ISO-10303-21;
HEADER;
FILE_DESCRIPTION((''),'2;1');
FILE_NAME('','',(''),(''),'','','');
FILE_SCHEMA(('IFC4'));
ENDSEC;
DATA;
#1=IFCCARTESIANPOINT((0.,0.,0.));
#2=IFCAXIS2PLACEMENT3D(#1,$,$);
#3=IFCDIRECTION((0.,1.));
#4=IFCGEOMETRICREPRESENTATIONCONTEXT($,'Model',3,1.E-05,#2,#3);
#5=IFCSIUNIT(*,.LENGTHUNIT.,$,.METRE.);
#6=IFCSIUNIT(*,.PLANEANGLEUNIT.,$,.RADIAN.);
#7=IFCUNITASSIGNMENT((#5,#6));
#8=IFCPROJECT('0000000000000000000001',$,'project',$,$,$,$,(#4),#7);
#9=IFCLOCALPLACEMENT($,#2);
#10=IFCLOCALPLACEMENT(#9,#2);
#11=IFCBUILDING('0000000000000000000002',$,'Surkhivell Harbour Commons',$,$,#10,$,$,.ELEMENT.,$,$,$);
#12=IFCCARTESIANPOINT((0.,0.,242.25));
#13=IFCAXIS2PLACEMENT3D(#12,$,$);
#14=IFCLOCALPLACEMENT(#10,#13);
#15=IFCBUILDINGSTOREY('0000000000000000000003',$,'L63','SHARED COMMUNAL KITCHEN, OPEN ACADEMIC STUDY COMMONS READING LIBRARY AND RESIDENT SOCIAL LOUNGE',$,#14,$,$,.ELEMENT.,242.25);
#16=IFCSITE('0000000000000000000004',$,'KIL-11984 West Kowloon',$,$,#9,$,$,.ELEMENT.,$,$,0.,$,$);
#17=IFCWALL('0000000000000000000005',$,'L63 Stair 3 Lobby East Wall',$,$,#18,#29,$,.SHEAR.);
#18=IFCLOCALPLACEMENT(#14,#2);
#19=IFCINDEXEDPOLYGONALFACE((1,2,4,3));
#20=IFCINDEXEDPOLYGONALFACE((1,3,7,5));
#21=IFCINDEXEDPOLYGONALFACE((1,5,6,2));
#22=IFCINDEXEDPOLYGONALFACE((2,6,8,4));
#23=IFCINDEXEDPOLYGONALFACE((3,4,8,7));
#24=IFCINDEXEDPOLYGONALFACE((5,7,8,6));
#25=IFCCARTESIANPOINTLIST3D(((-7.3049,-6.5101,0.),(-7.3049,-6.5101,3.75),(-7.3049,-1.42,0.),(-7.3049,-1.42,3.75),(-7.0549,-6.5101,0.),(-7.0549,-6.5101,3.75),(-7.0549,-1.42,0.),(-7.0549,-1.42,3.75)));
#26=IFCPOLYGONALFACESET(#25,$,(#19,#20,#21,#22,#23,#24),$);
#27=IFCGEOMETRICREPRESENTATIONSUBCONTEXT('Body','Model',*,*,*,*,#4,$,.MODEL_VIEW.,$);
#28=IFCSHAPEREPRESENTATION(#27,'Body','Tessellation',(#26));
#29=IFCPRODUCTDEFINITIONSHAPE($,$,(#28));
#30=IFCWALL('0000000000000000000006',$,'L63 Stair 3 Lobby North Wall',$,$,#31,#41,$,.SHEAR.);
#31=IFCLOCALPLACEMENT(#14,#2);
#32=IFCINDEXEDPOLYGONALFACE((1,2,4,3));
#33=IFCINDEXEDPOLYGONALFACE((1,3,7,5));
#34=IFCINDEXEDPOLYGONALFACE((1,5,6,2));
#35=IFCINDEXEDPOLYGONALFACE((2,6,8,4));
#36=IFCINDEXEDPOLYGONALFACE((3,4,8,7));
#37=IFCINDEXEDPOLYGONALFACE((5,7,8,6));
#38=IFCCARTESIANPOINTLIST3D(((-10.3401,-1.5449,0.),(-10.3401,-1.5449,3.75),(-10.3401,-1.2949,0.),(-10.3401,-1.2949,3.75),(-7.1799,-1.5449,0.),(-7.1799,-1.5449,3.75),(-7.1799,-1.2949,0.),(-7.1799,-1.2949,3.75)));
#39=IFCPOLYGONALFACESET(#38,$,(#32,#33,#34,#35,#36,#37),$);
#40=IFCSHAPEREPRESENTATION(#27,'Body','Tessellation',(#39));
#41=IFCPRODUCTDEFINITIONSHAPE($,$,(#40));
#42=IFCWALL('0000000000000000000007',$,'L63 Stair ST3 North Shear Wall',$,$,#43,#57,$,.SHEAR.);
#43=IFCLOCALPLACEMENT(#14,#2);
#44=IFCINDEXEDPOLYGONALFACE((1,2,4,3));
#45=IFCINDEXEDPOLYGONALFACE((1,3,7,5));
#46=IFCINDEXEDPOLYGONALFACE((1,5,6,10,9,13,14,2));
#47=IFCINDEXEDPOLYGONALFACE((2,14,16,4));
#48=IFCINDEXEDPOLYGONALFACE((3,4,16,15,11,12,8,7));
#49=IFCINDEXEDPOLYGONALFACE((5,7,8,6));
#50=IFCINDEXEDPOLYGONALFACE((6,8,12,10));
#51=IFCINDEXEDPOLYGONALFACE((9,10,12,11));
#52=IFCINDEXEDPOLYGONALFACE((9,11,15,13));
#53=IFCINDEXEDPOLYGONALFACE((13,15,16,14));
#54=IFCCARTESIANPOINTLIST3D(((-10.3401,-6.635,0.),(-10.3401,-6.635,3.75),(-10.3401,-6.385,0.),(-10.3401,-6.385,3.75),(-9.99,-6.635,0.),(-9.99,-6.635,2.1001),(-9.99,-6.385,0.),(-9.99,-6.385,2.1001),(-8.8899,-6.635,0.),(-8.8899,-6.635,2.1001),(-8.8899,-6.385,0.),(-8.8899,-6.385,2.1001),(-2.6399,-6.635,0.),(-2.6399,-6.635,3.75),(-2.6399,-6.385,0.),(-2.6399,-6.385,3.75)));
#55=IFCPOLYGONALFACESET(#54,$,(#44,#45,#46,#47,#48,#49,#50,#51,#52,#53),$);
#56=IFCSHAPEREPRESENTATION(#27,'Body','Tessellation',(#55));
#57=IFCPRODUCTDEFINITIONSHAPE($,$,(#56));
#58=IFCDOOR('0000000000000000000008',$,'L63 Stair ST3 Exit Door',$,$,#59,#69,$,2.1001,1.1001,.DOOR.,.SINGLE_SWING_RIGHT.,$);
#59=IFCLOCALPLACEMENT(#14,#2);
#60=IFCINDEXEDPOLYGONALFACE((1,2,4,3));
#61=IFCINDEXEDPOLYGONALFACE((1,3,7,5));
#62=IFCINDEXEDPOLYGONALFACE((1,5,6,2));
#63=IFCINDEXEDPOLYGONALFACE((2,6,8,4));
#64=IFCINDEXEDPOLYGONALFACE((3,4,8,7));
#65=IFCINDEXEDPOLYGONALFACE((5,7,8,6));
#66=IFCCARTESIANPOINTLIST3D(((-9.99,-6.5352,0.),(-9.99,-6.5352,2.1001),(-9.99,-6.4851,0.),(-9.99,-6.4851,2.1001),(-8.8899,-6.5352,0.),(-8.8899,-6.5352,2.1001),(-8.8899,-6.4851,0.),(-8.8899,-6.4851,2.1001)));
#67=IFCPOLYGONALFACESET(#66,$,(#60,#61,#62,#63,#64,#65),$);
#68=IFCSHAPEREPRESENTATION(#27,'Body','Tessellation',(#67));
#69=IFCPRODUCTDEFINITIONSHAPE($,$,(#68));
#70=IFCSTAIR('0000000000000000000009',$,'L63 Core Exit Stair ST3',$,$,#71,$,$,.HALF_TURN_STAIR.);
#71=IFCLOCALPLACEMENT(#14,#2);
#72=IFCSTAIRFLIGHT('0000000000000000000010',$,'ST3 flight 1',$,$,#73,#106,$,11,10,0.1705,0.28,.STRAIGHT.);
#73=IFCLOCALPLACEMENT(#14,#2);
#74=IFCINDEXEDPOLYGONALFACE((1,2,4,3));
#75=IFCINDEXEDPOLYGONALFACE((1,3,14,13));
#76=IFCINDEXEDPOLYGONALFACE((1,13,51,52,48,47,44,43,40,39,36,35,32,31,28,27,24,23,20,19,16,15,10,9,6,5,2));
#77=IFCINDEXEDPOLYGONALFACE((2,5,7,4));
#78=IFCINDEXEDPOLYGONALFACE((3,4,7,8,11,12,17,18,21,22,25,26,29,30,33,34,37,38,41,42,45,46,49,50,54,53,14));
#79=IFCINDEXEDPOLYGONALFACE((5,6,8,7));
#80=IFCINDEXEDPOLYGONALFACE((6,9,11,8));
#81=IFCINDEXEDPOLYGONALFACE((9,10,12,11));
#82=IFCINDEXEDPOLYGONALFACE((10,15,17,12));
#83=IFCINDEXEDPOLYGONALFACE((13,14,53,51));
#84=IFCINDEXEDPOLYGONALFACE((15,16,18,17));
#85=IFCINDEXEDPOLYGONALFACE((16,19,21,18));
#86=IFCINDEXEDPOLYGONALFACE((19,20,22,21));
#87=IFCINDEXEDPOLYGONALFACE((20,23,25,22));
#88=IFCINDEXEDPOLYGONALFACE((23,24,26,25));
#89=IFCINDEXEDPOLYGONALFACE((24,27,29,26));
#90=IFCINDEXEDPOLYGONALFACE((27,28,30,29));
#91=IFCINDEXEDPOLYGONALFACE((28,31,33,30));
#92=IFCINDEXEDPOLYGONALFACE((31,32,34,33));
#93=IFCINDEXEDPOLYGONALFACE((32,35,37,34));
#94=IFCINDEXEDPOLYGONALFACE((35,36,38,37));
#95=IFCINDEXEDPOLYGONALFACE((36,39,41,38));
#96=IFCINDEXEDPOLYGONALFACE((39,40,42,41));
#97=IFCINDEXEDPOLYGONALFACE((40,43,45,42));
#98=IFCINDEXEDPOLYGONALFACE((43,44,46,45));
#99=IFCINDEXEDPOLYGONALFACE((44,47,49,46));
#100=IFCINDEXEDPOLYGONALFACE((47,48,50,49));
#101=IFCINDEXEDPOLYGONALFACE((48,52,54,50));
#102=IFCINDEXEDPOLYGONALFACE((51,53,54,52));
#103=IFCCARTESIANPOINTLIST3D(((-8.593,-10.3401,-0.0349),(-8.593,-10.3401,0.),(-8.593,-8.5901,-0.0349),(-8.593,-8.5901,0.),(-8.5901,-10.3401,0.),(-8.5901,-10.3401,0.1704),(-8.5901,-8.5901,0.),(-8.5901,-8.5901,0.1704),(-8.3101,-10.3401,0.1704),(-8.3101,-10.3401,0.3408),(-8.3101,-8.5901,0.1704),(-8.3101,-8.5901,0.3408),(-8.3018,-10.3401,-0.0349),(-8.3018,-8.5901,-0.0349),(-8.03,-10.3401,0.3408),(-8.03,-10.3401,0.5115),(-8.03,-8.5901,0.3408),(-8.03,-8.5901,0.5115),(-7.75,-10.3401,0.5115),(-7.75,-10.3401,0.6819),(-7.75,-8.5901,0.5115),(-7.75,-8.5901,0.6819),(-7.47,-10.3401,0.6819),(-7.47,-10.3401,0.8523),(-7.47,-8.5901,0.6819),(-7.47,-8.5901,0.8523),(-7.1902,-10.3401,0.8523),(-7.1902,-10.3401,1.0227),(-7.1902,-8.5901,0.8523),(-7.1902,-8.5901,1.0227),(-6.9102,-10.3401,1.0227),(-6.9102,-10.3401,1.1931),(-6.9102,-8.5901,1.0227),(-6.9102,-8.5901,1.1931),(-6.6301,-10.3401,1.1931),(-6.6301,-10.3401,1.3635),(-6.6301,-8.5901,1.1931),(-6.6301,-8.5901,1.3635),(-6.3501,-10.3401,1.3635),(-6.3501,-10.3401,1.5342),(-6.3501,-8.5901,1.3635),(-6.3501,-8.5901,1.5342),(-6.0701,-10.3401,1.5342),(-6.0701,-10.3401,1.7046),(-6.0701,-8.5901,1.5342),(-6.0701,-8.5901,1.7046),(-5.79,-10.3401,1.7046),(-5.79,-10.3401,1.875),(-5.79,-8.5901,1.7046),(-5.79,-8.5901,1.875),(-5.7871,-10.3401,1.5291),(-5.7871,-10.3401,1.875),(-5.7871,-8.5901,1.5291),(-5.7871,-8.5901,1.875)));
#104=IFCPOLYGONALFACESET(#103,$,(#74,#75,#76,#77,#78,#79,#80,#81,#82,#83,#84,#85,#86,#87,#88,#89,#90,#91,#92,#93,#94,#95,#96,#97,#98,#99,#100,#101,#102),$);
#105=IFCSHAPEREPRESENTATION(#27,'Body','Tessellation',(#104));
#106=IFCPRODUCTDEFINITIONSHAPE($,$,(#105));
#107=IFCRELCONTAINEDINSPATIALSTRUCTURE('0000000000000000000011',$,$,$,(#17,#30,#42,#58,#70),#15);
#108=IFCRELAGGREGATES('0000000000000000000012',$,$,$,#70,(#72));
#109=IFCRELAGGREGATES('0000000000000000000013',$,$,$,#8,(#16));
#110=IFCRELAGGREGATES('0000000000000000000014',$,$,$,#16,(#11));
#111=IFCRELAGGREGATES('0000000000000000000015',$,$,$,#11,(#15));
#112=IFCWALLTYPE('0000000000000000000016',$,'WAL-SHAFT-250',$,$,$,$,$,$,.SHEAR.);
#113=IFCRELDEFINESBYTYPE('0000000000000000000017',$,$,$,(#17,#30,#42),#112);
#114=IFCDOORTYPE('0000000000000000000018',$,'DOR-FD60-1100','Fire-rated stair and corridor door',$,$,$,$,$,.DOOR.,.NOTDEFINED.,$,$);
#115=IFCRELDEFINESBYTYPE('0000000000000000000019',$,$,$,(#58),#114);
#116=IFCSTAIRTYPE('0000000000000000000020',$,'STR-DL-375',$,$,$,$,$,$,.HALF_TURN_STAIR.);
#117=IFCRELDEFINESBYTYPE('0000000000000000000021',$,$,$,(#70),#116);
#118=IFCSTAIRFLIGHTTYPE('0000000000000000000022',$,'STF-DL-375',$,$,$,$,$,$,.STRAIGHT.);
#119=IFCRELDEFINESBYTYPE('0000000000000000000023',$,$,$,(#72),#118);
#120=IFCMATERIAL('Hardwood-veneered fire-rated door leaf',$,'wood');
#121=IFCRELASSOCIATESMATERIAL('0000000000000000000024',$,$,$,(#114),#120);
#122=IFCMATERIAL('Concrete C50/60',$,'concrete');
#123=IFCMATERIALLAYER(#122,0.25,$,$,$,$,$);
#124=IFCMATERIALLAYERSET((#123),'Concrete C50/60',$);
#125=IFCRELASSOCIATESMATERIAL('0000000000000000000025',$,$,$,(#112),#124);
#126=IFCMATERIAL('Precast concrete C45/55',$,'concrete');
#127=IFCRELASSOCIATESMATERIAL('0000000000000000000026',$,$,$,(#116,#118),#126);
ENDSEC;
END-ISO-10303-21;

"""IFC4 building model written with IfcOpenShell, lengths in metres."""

from ifc_helpers import new_model, si_unit, direction, frame, frame_2d, origin, place, context, subcontext, project, spatial, polyline, rectangle, outline, extrude, material, layer, layer_set, type_object, element, fill, aggregate, save


model = new_model("IFC4")

# Units and contexts
model_context = context("Model", 3, precision=1e-05, world=origin(), true_north=direction((0.0, 1.0)))
body_context = subcontext(model_context, "Body", "Model", "MODEL_VIEW")
ifc_project = project(units=[si_unit("LENGTHUNIT", "METRE"), si_unit("PLANEANGLEUNIT", "RADIAN")], contexts=[model_context])

# Site, building, storey
site_placement = place(None, origin())
site = spatial("IfcSite", under=ifc_project, at=site_placement, Name="KIL-11984 West Kowloon", CompositionType="ELEMENT", RefElevation=0.0)
building_placement = place(site_placement, origin())
building = spatial("IfcBuilding", under=site, at=building_placement, Name="Surkhivell Harbour Commons", CompositionType="ELEMENT")
storey_placement = place(building_placement, frame((0.0, 0.0, 242.25)))
storey = spatial("IfcBuildingStorey", under=building, at=storey_placement, Name="L63", Description="SHARED COMMUNAL KITCHEN, OPEN ACADEMIC STUDY COMMONS READING LIBRARY AND RESIDENT SOCIAL LOUNGE", CompositionType="ELEMENT", Elevation=242.25)

# Shared definitions
ifc_material_1 = material(Name="Hardwood-veneered fire-rated door leaf", Category="wood")
door_type_1 = type_object("IfcDoorType", Name="DOR-FD60-1100", Description="Fire-rated stair and corridor door", OperationType="NOTDEFINED", PredefinedType="DOOR", material=ifc_material_1)

# Walls
ifc_material_2 = material(Name="Concrete C50/60", Category="concrete")
ifc_layer_1 = layer(ifc_material_2, 0.25)
ifc_layer_set_1 = layer_set([ifc_layer_1], Name="Concrete C50/60")
wall_type_1 = type_object("IfcWallType", Name="WAL-SHAFT-250", PredefinedType="SHEAR", material=ifc_layer_set_1)
wall_1_placement = place(storey_placement, frame((-7.1799, -6.51, 0.0), z_axis=(0.0, 0.0, 1.0), x_axis=(0.0, 1.0, 0.0)))
element("IfcWall", 1, at=wall_1_placement, inside=storey, type_object=wall_type_1, Name="L63 Stair 3 Lobby East Wall", PredefinedType="SHEAR", context=body_context, shape_type="SweptSolid", body=[
    extrude(rectangle(XDim=5.0901, YDim=0.25, at=frame_2d((2.5449, 0.0))), origin(), (0.0, 0.0, 1.0), 3.75),
])
wall_2_placement = place(storey_placement, frame((-10.3401, -1.4199, 0.0), z_axis=(0.0, 0.0, 1.0), x_axis=(1.0, 0.0, 0.0)))
element("IfcWall", 2, at=wall_2_placement, inside=storey, type_object=wall_type_1, Name="L63 Stair 3 Lobby North Wall", PredefinedType="SHEAR", context=body_context, shape_type="SweptSolid", body=[
    extrude(rectangle(XDim=3.1602, YDim=0.25, at=frame_2d((1.5801, 0.0))), origin(), (0.0, 0.0, 1.0), 3.75),
])

# Wall, opening, door
wall_3_placement = place(storey_placement, frame((-10.3401, -6.51, 0.0), z_axis=(0.0, 0.0, 1.0), x_axis=(1.0, 0.0, 0.0)))
wall_3 = element("IfcWall", 3, at=wall_3_placement, inside=storey, type_object=wall_type_1, Name="L63 Stair ST3 North Shear Wall", PredefinedType="SHEAR", context=body_context, shape_type="SweptSolid", body=[
    extrude(rectangle(XDim=7.7002, YDim=0.25, at=frame_2d((3.8501, 0.0))), origin(), (0.0, 0.0, 1.0), 3.75),
])
opening_1_placement = place(wall_3_placement, frame((0.3501, 0.0, 0.0)))
opening_1 = element("IfcOpeningElement", 4, at=opening_1_placement, cuts=wall_3, PredefinedType="OPENING", context=body_context, shape_type="SweptSolid", body=[
    extrude(rectangle(XDim=1.1001, YDim=2.1001, at=frame_2d((0.55, 1.05))), frame((0.0, 0.135, 0.0), z_axis=(0.0, -1.0, 0.0), x_axis=(1.0, 0.0, 0.0)), (0.0, 0.0, 1.0), 0.27),
])
door_1_placement = place(opening_1_placement, origin())
door_1 = element("IfcDoor", 5, at=door_1_placement, inside=storey, type_object=door_type_1, Name="L63 Stair ST3 Exit Door", OperationType="SINGLE_SWING_RIGHT", OverallHeight=2.1001, OverallWidth=1.1001, PredefinedType="DOOR", context=body_context, shape_type="SweptSolid", body=[
    extrude(rectangle(XDim=1.1001, YDim=2.1001, at=frame_2d((0.55, 1.05))), frame((0.0, 0.0249, 0.0), z_axis=(0.0, -1.0, 0.0), x_axis=(1.0, 0.0, 0.0)), (0.0, 0.0, 1.0), 0.05),
])
fill(opening_1, door_1)

# Stair, stair flight
ifc_material_3 = material(Name="Precast concrete C45/55", Category="concrete")
stair_type = type_object("IfcStairType", Name="STR-DL-375", PredefinedType="HALF_TURN_STAIR", material=ifc_material_3)
stair_placement = place(storey_placement, origin())
stair = element("IfcStair", 6, at=stair_placement, inside=storey, type_object=stair_type, Name="L63 Core Exit Stair ST3", PredefinedType="HALF_TURN_STAIR")
stair_flight_type = type_object("IfcStairFlightType", Name="STF-DL-375", PredefinedType="STRAIGHT", material=ifc_material_3)
stair_flight_placement = place(storey_placement, frame((-8.5901, -9.4651, 0.0), z_axis=(0.0, 0.0, 1.0), x_axis=(1.0, 0.0, 0.0)))
stair_flight = element("IfcStairFlight", 7, at=stair_flight_placement, type_object=stair_flight_type, Name="ST3 flight 1", NumberOfRisers=11, NumberOfTreads=10, PredefinedType="STRAIGHT", RiserHeight=0.1705, TreadLength=0.28, context=body_context, shape_type="SweptSolid", body=[
    extrude(outline(polyline([(-0.0029, -0.0349), (-0.0029, 0.0), (0.0, 0.0), (0.0, 0.1704), (0.28, 0.1704), (0.28, 0.3408), (0.5601, 0.3408), (0.5601, 0.5115), (0.8401, 0.5115), (0.8401, 0.6819), (1.1201, 0.6819), (1.1201, 0.8523), (1.3999, 0.8523), (1.3999, 1.0227), (1.6799, 1.0227), (1.6799, 1.1931), (1.96, 1.1931), (1.96, 1.3635), (2.24, 1.3635), (2.24, 1.5342), (2.52, 1.5342), (2.52, 1.7046), (2.8, 1.7046), (2.8, 1.875), (2.803, 1.875), (2.803, 1.5291), (0.2883, -0.0349), (-0.0029, -0.0349)])), frame((0.0, 0.875, 0.0), z_axis=(0.0, -1.0, 0.0), x_axis=(1.0, 0.0, 0.0)), (0.0, 0.0, 1.0), 1.75),
])
aggregate(stair, [stair_flight])

save(model, "model.ifc")
